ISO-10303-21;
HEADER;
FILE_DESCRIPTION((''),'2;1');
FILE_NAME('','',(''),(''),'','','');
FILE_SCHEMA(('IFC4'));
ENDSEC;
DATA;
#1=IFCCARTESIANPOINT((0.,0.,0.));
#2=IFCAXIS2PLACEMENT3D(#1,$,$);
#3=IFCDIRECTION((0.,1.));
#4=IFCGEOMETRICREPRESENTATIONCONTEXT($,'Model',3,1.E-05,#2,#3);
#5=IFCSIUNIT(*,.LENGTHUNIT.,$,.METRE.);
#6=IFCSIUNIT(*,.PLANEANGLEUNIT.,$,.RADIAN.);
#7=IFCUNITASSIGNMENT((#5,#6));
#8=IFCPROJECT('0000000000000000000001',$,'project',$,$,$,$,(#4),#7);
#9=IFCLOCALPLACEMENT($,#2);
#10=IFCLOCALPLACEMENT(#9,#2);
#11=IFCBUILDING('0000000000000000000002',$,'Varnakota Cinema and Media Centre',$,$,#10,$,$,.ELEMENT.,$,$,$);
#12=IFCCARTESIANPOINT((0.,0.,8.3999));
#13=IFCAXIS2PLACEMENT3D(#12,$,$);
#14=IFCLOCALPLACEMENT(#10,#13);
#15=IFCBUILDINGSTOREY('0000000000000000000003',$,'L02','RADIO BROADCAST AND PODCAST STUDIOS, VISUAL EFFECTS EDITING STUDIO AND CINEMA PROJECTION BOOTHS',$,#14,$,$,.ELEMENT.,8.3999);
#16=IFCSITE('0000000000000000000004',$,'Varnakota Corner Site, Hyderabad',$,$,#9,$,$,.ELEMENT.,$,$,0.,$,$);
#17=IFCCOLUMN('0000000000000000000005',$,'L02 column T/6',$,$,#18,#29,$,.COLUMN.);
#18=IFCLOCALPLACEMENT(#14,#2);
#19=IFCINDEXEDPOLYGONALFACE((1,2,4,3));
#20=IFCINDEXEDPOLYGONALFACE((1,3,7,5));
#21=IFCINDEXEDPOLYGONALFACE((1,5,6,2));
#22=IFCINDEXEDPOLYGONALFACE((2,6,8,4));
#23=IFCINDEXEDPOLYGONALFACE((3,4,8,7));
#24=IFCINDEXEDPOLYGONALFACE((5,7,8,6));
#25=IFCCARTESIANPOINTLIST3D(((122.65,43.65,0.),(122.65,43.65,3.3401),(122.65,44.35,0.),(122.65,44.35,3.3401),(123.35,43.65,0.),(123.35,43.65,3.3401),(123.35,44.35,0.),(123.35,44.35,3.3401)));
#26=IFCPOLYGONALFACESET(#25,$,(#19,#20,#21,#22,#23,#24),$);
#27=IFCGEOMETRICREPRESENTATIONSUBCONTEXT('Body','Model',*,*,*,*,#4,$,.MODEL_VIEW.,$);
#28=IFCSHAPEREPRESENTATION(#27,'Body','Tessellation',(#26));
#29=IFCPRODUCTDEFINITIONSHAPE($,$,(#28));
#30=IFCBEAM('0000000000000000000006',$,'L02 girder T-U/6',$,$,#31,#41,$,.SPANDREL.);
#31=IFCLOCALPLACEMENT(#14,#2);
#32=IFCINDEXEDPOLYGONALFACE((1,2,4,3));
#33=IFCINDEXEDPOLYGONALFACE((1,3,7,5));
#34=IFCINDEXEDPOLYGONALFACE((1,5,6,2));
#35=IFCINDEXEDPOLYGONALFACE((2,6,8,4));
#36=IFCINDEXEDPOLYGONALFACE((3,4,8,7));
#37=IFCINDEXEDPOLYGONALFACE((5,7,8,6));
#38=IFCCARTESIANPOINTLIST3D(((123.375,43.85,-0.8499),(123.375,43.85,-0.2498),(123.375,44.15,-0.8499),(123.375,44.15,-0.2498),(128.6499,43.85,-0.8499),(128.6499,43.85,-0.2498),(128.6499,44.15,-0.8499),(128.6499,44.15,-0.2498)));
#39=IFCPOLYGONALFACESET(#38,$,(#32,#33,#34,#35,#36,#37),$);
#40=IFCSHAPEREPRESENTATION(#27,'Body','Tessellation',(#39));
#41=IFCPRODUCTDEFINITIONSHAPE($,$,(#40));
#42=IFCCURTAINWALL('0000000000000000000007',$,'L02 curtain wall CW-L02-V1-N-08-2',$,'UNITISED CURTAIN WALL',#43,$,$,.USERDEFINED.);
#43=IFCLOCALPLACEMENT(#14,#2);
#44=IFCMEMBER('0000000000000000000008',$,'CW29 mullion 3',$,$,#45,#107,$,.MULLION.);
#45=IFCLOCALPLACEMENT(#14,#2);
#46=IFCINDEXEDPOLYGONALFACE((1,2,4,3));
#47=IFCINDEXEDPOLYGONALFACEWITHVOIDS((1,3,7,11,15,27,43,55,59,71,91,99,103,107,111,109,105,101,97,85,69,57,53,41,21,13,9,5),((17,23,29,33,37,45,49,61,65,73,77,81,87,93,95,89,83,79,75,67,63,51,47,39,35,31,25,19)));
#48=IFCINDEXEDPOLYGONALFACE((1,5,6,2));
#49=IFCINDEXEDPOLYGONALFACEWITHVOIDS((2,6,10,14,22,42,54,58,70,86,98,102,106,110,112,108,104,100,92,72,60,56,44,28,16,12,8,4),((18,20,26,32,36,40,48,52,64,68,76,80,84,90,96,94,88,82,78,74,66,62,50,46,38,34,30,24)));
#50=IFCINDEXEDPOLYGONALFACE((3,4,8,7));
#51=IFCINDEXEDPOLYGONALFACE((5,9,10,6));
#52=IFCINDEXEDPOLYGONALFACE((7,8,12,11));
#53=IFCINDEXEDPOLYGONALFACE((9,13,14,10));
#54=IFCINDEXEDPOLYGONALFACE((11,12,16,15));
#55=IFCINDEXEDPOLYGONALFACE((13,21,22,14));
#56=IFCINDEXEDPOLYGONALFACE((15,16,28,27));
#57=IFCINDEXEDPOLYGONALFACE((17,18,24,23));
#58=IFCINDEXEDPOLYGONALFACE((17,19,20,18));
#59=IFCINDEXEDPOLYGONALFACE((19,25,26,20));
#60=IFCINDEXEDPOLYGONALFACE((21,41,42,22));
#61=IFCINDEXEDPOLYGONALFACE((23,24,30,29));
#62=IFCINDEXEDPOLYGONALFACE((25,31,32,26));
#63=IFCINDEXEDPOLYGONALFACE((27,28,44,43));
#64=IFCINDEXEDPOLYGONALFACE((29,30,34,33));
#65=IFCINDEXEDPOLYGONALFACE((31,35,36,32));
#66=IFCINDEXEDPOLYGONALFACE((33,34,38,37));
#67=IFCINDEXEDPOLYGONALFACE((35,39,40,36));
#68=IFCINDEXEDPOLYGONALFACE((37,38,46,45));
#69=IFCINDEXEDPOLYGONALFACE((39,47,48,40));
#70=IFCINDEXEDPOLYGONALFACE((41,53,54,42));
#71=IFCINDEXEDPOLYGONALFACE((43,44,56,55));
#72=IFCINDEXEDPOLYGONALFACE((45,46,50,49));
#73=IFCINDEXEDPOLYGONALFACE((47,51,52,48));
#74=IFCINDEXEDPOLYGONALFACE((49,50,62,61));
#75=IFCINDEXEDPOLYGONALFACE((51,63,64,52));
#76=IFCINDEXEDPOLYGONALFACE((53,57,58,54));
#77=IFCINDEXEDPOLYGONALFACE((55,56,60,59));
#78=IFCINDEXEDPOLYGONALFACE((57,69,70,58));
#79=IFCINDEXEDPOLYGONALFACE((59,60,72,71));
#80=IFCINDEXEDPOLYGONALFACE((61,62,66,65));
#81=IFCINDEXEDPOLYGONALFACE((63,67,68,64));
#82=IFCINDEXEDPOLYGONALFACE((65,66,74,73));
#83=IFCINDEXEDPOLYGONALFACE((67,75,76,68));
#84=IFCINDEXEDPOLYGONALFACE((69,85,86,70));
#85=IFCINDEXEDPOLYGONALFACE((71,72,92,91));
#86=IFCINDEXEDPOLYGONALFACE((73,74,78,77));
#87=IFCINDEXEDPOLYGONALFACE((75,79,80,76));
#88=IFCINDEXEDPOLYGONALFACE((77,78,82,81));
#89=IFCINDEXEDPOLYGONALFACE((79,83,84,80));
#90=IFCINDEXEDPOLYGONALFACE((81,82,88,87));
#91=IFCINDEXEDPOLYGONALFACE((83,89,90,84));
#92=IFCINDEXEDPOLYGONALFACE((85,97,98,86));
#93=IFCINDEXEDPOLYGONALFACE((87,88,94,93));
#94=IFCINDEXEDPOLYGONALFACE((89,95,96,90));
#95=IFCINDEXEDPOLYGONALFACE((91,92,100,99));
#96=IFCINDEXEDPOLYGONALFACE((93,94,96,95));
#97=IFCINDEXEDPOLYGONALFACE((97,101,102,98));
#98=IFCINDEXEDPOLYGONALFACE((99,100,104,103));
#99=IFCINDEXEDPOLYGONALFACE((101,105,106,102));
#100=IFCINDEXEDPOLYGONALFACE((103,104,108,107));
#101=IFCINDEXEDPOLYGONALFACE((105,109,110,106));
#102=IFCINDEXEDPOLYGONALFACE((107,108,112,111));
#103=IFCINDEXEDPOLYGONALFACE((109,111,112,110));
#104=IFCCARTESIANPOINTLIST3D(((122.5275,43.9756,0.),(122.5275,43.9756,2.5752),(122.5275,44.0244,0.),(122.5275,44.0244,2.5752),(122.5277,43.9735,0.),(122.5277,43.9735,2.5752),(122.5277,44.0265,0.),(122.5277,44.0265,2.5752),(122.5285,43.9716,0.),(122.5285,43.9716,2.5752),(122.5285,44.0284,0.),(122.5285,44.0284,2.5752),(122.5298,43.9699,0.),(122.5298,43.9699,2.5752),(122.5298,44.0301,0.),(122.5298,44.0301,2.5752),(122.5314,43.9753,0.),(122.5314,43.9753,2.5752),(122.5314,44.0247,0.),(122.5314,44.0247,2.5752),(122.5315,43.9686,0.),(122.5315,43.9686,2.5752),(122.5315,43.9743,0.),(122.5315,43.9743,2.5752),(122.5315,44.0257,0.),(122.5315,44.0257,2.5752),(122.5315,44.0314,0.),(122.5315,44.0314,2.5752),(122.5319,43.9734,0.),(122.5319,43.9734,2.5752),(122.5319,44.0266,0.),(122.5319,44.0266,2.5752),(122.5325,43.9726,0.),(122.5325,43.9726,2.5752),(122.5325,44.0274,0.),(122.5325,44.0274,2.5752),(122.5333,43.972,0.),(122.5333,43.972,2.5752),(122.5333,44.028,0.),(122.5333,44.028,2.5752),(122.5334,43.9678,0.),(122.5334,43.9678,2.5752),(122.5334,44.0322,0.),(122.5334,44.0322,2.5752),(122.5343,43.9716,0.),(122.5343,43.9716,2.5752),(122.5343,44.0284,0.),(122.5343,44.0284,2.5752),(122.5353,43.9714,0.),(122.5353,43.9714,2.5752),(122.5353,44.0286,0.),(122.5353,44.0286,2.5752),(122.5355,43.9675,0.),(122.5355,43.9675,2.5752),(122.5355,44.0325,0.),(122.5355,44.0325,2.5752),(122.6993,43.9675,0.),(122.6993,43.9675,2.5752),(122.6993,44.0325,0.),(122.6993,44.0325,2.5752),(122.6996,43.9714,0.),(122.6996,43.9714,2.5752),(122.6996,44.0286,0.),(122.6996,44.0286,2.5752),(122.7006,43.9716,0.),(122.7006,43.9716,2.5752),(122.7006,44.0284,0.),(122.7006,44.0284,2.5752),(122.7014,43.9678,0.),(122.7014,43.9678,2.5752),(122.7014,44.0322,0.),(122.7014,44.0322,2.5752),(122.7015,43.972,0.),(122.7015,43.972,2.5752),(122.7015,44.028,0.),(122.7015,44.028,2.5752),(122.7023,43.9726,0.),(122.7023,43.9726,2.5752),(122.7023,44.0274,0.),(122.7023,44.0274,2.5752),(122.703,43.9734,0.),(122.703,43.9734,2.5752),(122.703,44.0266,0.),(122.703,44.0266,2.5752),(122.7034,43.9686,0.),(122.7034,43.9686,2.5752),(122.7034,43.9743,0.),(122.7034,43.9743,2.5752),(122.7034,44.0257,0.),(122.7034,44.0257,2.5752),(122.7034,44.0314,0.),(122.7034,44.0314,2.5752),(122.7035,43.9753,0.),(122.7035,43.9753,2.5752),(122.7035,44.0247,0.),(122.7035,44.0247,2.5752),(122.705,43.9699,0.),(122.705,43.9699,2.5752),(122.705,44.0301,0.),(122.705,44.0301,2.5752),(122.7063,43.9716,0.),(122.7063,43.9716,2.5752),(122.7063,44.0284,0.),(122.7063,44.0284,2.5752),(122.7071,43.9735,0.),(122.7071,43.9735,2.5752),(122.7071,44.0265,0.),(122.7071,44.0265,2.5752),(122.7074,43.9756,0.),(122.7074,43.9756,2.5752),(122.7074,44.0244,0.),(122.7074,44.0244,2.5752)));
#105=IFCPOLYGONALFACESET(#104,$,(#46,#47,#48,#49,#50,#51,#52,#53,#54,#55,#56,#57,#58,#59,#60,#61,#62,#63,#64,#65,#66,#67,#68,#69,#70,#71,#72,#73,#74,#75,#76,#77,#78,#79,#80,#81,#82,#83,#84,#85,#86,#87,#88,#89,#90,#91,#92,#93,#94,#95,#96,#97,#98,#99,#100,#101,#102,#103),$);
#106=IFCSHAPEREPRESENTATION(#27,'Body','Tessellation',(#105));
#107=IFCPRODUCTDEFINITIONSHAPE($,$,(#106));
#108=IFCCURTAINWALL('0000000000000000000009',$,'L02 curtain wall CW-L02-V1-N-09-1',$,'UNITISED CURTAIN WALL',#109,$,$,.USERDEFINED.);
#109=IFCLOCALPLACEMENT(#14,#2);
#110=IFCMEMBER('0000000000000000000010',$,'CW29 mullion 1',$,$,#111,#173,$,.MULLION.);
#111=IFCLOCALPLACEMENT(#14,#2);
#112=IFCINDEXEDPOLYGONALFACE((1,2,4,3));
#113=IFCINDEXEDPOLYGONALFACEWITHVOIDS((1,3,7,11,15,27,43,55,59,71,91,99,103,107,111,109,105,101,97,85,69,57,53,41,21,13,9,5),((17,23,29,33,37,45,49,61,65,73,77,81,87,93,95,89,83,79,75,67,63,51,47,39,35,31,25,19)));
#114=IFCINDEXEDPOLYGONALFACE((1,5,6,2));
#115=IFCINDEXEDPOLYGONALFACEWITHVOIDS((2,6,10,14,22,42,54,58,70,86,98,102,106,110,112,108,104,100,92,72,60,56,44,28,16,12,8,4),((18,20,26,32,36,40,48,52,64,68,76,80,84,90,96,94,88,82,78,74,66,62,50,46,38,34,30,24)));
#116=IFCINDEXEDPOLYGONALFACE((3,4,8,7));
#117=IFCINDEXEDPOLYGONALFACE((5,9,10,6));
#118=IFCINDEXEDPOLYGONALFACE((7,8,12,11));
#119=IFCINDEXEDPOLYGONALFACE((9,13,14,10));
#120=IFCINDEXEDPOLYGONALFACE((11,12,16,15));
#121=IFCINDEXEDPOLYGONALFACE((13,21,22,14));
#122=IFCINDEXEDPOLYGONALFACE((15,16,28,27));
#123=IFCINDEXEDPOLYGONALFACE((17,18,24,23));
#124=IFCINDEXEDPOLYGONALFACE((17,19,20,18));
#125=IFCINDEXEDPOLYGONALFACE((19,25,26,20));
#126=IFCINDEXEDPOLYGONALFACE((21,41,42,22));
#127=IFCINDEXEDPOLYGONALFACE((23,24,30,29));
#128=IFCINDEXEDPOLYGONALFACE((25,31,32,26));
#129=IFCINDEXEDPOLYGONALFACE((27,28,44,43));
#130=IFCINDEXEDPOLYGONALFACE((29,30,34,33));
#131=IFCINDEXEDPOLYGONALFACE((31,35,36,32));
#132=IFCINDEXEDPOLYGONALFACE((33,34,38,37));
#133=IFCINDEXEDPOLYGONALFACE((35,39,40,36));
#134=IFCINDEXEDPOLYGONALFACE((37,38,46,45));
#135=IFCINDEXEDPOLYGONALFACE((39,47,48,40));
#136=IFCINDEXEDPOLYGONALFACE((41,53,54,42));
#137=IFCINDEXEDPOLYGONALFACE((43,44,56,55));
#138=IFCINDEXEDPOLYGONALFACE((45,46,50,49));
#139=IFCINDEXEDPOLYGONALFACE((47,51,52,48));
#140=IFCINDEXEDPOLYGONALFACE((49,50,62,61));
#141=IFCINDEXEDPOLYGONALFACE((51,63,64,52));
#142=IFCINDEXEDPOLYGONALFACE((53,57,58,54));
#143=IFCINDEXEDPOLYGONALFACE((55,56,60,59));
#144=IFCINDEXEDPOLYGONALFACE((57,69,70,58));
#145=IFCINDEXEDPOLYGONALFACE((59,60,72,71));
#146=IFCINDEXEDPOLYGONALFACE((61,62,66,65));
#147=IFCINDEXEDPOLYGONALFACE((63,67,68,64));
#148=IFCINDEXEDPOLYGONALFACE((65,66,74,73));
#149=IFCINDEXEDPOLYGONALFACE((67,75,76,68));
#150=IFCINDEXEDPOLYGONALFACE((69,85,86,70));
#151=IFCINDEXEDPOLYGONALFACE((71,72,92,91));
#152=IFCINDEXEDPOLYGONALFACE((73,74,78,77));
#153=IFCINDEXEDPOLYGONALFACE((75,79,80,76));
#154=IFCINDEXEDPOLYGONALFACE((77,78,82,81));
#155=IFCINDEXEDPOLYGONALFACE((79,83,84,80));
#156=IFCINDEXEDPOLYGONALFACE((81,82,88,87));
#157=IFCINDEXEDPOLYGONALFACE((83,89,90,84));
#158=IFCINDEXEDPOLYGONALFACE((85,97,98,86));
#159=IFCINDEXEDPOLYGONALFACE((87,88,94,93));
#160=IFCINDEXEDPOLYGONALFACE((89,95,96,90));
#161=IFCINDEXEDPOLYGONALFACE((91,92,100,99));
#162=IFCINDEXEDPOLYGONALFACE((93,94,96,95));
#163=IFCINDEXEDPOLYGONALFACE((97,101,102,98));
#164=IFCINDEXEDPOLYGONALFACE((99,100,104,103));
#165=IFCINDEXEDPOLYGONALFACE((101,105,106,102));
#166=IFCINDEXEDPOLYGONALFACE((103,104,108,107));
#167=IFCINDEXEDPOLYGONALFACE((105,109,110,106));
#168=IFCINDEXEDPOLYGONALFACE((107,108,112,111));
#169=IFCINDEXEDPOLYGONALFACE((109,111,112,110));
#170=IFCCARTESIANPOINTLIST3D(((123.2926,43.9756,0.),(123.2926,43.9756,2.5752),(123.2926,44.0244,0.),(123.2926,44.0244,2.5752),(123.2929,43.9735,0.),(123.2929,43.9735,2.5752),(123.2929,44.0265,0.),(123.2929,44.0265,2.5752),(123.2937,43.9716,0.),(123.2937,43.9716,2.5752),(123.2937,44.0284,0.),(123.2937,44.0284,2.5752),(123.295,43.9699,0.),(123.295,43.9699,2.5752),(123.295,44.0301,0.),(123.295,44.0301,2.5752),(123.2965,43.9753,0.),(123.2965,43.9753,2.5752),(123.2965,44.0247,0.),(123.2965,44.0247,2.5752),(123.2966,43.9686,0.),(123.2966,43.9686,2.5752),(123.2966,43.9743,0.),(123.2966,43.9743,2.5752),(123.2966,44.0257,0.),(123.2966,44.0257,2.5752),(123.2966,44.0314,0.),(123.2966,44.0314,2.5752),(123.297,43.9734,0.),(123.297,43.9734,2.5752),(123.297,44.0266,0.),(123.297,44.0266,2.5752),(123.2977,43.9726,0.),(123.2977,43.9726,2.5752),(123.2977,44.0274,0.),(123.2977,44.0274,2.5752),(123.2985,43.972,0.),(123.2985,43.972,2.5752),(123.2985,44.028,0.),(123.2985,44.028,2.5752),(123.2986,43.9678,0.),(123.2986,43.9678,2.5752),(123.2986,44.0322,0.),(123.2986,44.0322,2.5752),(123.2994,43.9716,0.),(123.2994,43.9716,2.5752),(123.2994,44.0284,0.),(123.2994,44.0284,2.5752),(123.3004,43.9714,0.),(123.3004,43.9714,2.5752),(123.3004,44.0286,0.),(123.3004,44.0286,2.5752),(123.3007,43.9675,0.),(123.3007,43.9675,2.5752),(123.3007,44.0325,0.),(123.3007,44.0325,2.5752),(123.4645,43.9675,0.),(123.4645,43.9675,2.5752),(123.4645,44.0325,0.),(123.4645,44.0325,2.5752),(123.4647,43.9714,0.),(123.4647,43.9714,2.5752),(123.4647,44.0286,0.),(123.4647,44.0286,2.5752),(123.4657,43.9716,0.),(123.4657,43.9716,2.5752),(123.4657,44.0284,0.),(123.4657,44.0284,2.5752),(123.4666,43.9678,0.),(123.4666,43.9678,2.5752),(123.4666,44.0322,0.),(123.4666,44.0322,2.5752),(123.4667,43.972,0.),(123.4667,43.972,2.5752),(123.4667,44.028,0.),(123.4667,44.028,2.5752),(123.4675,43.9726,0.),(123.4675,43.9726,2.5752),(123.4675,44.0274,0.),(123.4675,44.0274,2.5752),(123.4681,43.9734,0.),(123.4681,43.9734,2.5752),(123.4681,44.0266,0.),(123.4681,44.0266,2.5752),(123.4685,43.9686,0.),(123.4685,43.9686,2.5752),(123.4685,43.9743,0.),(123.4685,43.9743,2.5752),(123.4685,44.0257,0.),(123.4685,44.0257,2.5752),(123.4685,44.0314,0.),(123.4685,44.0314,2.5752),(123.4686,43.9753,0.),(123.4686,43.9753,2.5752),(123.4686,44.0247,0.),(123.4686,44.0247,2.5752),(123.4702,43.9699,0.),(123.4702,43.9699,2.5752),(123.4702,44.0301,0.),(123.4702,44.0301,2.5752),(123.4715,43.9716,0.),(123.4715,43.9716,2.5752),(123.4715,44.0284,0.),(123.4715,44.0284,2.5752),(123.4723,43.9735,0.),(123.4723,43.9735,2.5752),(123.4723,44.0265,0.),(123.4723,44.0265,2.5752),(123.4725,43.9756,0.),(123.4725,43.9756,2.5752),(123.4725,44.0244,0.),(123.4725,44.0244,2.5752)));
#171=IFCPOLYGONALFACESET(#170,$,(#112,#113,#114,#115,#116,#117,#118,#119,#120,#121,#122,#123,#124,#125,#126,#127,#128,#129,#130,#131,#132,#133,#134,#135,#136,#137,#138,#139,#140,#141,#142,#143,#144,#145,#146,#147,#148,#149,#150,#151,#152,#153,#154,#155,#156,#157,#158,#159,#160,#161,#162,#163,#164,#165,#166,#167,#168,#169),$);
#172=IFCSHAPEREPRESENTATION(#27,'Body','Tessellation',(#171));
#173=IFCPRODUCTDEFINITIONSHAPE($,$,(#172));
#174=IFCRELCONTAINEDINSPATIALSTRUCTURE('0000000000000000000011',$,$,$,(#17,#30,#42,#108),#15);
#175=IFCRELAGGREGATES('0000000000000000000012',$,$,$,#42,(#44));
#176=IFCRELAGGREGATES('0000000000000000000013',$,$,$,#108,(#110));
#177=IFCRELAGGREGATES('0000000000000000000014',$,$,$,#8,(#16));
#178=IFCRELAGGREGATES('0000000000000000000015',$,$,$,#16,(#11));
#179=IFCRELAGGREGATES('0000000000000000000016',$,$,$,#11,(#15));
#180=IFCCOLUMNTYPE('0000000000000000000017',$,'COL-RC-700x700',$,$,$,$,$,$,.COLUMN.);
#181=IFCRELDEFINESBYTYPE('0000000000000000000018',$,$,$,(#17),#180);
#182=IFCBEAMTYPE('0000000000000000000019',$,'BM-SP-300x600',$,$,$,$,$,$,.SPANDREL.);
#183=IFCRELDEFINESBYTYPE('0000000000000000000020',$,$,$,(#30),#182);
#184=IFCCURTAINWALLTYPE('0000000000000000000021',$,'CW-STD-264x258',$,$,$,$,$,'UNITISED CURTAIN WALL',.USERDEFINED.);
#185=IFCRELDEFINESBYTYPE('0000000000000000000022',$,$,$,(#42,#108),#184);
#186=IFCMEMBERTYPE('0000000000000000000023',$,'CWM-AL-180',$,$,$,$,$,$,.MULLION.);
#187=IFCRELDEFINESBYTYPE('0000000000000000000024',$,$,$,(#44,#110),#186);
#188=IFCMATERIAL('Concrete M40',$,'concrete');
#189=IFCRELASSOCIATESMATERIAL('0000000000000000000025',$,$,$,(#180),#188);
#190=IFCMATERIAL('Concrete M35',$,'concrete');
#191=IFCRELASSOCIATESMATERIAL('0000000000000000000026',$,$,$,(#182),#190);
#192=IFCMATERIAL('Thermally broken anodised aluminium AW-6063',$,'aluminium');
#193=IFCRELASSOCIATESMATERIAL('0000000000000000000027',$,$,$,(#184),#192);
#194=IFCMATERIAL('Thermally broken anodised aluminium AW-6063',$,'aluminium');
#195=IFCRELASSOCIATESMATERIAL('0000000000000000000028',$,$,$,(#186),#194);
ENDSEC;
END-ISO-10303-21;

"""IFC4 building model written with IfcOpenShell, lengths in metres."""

from ifc_helpers import new_model, si_unit, direction, frame, origin, origin_2d, place, context, subcontext, project, spatial, rectangle, hollow_rectangle, extrude, material, material_profile, profile_set, type_object, element, aggregate, save


model = new_model("IFC4")

# Units and contexts
model_context = context("Model", 3, precision=1e-05, world=origin(), true_north=direction((0.0, 1.0)))
body_context = subcontext(model_context, "Body", "Model", "MODEL_VIEW")
ifc_project = project(units=[si_unit("LENGTHUNIT", "METRE"), si_unit("PLANEANGLEUNIT", "RADIAN")], contexts=[model_context])

# Site, building, storey
site_placement = place(None, origin())
site = spatial("IfcSite", under=ifc_project, at=site_placement, Name="Varnakota Corner Site, Hyderabad", CompositionType="ELEMENT", RefElevation=0.0)
building_placement = place(site_placement, origin())
building = spatial("IfcBuilding", under=site, at=building_placement, Name="Varnakota Cinema and Media Centre", CompositionType="ELEMENT")
storey_placement = place(building_placement, frame((0.0, 0.0, 8.3999)))
storey = spatial("IfcBuildingStorey", under=building, at=storey_placement, Name="L02", Description="RADIO BROADCAST AND PODCAST STUDIOS, VISUAL EFFECTS EDITING STUDIO AND CINEMA PROJECTION BOOTHS", CompositionType="ELEMENT", Elevation=8.3999)

# Column
ifc_material_1 = material(Name="Concrete M40", Category="concrete")
ifc_material_profile_1 = material_profile(ifc_material_1, rectangle(XDim=0.7, YDim=0.7, at=origin_2d()), Name="RC 700x700")
ifc_profile_set_1 = profile_set([ifc_material_profile_1], Name="Concrete M40")
column_type = type_object("IfcColumnType", Name="COL-RC-700x700", PredefinedType="COLUMN", material=ifc_profile_set_1)
column_placement = place(storey_placement, frame((123.0, 44.0, 0.0), z_axis=(0.0, 0.0, 1.0), x_axis=(1.0, 0.0, 0.0)))
element("IfcColumn", 1, at=column_placement, inside=storey, type_object=column_type, Name="L02 column T/6", PredefinedType="COLUMN", context=body_context, shape_type="SweptSolid", body=[
    extrude(rectangle(XDim=0.7, YDim=0.7, at=origin_2d()), origin(), (0.0, 0.0, 1.0), 3.3401),
])

# Beam
ifc_material_2 = material(Name="Concrete M35", Category="concrete")
ifc_material_profile_2 = material_profile(ifc_material_2, rectangle(XDim=0.3, YDim=0.6001, at=origin_2d()), Name="RCB 300x600")
ifc_profile_set_2 = profile_set([ifc_material_profile_2], Name="Concrete M35")
beam_type = type_object("IfcBeamType", Name="BM-SP-300x600", PredefinedType="SPANDREL", material=ifc_profile_set_2)
beam_placement = place(storey_placement, frame((123.375, 44.0, -0.5498), z_axis=(1.0, 0.0, 0.0), x_axis=(0.0, 1.0, 0.0)))
element("IfcBeam", 2, at=beam_placement, inside=storey, type_object=beam_type, Name="L02 girder T-U/6", PredefinedType="SPANDREL", context=body_context, shape_type="SweptSolid", body=[
    extrude(rectangle(XDim=0.3, YDim=0.6001, at=origin_2d()), origin(), (0.0, 0.0, 1.0), 5.2749),
])

# Curtain wall, member
ifc_material_3 = material(Name="Thermally broken anodised aluminium AW-6063", Category="aluminium")
curtain_wall_type = type_object("IfcCurtainWallType", Name="CW-STD-264x258", ElementType="UNITISED CURTAIN WALL", PredefinedType="USERDEFINED", material=ifc_material_3)
curtain_wall_1_placement = place(storey_placement, origin())
curtain_wall_1 = element("IfcCurtainWall", 3, at=curtain_wall_1_placement, inside=storey, type_object=curtain_wall_type, Name="L02 curtain wall CW-L02-V1-N-08-2", ObjectType="UNITISED CURTAIN WALL", PredefinedType="USERDEFINED")
ifc_material_4 = material(Name="Thermally broken anodised aluminium AW-6063", Category="aluminium")
ifc_material_profile_3 = material_profile(ifc_material_4, hollow_rectangle(XDim=0.0649, YDim=0.1799, WallThickness=0.0039, InnerFilletRadius=0.0039, OuterFilletRadius=0.0081, at=origin_2d()), Name="AL-MULLION 180x65x4")
ifc_profile_set_3 = profile_set([ifc_material_profile_3], Name="Thermally broken anodised aluminium AW-6063")
member_type_1 = type_object("IfcMemberType", Name="CWM-AL-180", PredefinedType="MULLION", material=ifc_profile_set_3)
member_1_placement = place(storey_placement, frame((122.6174, 44.0, 0.0), z_axis=(0.0, 0.0, 1.0), x_axis=(0.0, 1.0, 0.0)))
member_1 = element("IfcMember", 4, at=member_1_placement, type_object=member_type_1, Name="CW29 mullion 3", PredefinedType="MULLION", context=body_context, shape_type="SweptSolid", body=[
    extrude(hollow_rectangle(XDim=0.0649, YDim=0.1799, WallThickness=0.0039, InnerFilletRadius=0.0039, OuterFilletRadius=0.0081, at=origin_2d()), origin(), (0.0, 0.0, 1.0), 2.5752),
])

# Curtain wall, member
curtain_wall_2_placement = place(storey_placement, origin())
curtain_wall_2 = element("IfcCurtainWall", 5, at=curtain_wall_2_placement, inside=storey, type_object=curtain_wall_type, Name="L02 curtain wall CW-L02-V1-N-09-1", ObjectType="UNITISED CURTAIN WALL", PredefinedType="USERDEFINED")
member_2_placement = place(storey_placement, frame((123.3826, 44.0, 0.0), z_axis=(0.0, 0.0, 1.0), x_axis=(0.0, 1.0, 0.0)))
member_2 = element("IfcMember", 6, at=member_2_placement, type_object=member_type_1, Name="CW29 mullion 1", PredefinedType="MULLION", context=body_context, shape_type="SweptSolid", body=[
    extrude(hollow_rectangle(XDim=0.0649, YDim=0.1799, WallThickness=0.0039, InnerFilletRadius=0.0039, OuterFilletRadius=0.0081, at=origin_2d()), origin(), (0.0, 0.0, 1.0), 2.5752),
])

aggregate(curtain_wall_1, [member_1])
aggregate(curtain_wall_2, [member_2])

save(model, "model.ifc")
